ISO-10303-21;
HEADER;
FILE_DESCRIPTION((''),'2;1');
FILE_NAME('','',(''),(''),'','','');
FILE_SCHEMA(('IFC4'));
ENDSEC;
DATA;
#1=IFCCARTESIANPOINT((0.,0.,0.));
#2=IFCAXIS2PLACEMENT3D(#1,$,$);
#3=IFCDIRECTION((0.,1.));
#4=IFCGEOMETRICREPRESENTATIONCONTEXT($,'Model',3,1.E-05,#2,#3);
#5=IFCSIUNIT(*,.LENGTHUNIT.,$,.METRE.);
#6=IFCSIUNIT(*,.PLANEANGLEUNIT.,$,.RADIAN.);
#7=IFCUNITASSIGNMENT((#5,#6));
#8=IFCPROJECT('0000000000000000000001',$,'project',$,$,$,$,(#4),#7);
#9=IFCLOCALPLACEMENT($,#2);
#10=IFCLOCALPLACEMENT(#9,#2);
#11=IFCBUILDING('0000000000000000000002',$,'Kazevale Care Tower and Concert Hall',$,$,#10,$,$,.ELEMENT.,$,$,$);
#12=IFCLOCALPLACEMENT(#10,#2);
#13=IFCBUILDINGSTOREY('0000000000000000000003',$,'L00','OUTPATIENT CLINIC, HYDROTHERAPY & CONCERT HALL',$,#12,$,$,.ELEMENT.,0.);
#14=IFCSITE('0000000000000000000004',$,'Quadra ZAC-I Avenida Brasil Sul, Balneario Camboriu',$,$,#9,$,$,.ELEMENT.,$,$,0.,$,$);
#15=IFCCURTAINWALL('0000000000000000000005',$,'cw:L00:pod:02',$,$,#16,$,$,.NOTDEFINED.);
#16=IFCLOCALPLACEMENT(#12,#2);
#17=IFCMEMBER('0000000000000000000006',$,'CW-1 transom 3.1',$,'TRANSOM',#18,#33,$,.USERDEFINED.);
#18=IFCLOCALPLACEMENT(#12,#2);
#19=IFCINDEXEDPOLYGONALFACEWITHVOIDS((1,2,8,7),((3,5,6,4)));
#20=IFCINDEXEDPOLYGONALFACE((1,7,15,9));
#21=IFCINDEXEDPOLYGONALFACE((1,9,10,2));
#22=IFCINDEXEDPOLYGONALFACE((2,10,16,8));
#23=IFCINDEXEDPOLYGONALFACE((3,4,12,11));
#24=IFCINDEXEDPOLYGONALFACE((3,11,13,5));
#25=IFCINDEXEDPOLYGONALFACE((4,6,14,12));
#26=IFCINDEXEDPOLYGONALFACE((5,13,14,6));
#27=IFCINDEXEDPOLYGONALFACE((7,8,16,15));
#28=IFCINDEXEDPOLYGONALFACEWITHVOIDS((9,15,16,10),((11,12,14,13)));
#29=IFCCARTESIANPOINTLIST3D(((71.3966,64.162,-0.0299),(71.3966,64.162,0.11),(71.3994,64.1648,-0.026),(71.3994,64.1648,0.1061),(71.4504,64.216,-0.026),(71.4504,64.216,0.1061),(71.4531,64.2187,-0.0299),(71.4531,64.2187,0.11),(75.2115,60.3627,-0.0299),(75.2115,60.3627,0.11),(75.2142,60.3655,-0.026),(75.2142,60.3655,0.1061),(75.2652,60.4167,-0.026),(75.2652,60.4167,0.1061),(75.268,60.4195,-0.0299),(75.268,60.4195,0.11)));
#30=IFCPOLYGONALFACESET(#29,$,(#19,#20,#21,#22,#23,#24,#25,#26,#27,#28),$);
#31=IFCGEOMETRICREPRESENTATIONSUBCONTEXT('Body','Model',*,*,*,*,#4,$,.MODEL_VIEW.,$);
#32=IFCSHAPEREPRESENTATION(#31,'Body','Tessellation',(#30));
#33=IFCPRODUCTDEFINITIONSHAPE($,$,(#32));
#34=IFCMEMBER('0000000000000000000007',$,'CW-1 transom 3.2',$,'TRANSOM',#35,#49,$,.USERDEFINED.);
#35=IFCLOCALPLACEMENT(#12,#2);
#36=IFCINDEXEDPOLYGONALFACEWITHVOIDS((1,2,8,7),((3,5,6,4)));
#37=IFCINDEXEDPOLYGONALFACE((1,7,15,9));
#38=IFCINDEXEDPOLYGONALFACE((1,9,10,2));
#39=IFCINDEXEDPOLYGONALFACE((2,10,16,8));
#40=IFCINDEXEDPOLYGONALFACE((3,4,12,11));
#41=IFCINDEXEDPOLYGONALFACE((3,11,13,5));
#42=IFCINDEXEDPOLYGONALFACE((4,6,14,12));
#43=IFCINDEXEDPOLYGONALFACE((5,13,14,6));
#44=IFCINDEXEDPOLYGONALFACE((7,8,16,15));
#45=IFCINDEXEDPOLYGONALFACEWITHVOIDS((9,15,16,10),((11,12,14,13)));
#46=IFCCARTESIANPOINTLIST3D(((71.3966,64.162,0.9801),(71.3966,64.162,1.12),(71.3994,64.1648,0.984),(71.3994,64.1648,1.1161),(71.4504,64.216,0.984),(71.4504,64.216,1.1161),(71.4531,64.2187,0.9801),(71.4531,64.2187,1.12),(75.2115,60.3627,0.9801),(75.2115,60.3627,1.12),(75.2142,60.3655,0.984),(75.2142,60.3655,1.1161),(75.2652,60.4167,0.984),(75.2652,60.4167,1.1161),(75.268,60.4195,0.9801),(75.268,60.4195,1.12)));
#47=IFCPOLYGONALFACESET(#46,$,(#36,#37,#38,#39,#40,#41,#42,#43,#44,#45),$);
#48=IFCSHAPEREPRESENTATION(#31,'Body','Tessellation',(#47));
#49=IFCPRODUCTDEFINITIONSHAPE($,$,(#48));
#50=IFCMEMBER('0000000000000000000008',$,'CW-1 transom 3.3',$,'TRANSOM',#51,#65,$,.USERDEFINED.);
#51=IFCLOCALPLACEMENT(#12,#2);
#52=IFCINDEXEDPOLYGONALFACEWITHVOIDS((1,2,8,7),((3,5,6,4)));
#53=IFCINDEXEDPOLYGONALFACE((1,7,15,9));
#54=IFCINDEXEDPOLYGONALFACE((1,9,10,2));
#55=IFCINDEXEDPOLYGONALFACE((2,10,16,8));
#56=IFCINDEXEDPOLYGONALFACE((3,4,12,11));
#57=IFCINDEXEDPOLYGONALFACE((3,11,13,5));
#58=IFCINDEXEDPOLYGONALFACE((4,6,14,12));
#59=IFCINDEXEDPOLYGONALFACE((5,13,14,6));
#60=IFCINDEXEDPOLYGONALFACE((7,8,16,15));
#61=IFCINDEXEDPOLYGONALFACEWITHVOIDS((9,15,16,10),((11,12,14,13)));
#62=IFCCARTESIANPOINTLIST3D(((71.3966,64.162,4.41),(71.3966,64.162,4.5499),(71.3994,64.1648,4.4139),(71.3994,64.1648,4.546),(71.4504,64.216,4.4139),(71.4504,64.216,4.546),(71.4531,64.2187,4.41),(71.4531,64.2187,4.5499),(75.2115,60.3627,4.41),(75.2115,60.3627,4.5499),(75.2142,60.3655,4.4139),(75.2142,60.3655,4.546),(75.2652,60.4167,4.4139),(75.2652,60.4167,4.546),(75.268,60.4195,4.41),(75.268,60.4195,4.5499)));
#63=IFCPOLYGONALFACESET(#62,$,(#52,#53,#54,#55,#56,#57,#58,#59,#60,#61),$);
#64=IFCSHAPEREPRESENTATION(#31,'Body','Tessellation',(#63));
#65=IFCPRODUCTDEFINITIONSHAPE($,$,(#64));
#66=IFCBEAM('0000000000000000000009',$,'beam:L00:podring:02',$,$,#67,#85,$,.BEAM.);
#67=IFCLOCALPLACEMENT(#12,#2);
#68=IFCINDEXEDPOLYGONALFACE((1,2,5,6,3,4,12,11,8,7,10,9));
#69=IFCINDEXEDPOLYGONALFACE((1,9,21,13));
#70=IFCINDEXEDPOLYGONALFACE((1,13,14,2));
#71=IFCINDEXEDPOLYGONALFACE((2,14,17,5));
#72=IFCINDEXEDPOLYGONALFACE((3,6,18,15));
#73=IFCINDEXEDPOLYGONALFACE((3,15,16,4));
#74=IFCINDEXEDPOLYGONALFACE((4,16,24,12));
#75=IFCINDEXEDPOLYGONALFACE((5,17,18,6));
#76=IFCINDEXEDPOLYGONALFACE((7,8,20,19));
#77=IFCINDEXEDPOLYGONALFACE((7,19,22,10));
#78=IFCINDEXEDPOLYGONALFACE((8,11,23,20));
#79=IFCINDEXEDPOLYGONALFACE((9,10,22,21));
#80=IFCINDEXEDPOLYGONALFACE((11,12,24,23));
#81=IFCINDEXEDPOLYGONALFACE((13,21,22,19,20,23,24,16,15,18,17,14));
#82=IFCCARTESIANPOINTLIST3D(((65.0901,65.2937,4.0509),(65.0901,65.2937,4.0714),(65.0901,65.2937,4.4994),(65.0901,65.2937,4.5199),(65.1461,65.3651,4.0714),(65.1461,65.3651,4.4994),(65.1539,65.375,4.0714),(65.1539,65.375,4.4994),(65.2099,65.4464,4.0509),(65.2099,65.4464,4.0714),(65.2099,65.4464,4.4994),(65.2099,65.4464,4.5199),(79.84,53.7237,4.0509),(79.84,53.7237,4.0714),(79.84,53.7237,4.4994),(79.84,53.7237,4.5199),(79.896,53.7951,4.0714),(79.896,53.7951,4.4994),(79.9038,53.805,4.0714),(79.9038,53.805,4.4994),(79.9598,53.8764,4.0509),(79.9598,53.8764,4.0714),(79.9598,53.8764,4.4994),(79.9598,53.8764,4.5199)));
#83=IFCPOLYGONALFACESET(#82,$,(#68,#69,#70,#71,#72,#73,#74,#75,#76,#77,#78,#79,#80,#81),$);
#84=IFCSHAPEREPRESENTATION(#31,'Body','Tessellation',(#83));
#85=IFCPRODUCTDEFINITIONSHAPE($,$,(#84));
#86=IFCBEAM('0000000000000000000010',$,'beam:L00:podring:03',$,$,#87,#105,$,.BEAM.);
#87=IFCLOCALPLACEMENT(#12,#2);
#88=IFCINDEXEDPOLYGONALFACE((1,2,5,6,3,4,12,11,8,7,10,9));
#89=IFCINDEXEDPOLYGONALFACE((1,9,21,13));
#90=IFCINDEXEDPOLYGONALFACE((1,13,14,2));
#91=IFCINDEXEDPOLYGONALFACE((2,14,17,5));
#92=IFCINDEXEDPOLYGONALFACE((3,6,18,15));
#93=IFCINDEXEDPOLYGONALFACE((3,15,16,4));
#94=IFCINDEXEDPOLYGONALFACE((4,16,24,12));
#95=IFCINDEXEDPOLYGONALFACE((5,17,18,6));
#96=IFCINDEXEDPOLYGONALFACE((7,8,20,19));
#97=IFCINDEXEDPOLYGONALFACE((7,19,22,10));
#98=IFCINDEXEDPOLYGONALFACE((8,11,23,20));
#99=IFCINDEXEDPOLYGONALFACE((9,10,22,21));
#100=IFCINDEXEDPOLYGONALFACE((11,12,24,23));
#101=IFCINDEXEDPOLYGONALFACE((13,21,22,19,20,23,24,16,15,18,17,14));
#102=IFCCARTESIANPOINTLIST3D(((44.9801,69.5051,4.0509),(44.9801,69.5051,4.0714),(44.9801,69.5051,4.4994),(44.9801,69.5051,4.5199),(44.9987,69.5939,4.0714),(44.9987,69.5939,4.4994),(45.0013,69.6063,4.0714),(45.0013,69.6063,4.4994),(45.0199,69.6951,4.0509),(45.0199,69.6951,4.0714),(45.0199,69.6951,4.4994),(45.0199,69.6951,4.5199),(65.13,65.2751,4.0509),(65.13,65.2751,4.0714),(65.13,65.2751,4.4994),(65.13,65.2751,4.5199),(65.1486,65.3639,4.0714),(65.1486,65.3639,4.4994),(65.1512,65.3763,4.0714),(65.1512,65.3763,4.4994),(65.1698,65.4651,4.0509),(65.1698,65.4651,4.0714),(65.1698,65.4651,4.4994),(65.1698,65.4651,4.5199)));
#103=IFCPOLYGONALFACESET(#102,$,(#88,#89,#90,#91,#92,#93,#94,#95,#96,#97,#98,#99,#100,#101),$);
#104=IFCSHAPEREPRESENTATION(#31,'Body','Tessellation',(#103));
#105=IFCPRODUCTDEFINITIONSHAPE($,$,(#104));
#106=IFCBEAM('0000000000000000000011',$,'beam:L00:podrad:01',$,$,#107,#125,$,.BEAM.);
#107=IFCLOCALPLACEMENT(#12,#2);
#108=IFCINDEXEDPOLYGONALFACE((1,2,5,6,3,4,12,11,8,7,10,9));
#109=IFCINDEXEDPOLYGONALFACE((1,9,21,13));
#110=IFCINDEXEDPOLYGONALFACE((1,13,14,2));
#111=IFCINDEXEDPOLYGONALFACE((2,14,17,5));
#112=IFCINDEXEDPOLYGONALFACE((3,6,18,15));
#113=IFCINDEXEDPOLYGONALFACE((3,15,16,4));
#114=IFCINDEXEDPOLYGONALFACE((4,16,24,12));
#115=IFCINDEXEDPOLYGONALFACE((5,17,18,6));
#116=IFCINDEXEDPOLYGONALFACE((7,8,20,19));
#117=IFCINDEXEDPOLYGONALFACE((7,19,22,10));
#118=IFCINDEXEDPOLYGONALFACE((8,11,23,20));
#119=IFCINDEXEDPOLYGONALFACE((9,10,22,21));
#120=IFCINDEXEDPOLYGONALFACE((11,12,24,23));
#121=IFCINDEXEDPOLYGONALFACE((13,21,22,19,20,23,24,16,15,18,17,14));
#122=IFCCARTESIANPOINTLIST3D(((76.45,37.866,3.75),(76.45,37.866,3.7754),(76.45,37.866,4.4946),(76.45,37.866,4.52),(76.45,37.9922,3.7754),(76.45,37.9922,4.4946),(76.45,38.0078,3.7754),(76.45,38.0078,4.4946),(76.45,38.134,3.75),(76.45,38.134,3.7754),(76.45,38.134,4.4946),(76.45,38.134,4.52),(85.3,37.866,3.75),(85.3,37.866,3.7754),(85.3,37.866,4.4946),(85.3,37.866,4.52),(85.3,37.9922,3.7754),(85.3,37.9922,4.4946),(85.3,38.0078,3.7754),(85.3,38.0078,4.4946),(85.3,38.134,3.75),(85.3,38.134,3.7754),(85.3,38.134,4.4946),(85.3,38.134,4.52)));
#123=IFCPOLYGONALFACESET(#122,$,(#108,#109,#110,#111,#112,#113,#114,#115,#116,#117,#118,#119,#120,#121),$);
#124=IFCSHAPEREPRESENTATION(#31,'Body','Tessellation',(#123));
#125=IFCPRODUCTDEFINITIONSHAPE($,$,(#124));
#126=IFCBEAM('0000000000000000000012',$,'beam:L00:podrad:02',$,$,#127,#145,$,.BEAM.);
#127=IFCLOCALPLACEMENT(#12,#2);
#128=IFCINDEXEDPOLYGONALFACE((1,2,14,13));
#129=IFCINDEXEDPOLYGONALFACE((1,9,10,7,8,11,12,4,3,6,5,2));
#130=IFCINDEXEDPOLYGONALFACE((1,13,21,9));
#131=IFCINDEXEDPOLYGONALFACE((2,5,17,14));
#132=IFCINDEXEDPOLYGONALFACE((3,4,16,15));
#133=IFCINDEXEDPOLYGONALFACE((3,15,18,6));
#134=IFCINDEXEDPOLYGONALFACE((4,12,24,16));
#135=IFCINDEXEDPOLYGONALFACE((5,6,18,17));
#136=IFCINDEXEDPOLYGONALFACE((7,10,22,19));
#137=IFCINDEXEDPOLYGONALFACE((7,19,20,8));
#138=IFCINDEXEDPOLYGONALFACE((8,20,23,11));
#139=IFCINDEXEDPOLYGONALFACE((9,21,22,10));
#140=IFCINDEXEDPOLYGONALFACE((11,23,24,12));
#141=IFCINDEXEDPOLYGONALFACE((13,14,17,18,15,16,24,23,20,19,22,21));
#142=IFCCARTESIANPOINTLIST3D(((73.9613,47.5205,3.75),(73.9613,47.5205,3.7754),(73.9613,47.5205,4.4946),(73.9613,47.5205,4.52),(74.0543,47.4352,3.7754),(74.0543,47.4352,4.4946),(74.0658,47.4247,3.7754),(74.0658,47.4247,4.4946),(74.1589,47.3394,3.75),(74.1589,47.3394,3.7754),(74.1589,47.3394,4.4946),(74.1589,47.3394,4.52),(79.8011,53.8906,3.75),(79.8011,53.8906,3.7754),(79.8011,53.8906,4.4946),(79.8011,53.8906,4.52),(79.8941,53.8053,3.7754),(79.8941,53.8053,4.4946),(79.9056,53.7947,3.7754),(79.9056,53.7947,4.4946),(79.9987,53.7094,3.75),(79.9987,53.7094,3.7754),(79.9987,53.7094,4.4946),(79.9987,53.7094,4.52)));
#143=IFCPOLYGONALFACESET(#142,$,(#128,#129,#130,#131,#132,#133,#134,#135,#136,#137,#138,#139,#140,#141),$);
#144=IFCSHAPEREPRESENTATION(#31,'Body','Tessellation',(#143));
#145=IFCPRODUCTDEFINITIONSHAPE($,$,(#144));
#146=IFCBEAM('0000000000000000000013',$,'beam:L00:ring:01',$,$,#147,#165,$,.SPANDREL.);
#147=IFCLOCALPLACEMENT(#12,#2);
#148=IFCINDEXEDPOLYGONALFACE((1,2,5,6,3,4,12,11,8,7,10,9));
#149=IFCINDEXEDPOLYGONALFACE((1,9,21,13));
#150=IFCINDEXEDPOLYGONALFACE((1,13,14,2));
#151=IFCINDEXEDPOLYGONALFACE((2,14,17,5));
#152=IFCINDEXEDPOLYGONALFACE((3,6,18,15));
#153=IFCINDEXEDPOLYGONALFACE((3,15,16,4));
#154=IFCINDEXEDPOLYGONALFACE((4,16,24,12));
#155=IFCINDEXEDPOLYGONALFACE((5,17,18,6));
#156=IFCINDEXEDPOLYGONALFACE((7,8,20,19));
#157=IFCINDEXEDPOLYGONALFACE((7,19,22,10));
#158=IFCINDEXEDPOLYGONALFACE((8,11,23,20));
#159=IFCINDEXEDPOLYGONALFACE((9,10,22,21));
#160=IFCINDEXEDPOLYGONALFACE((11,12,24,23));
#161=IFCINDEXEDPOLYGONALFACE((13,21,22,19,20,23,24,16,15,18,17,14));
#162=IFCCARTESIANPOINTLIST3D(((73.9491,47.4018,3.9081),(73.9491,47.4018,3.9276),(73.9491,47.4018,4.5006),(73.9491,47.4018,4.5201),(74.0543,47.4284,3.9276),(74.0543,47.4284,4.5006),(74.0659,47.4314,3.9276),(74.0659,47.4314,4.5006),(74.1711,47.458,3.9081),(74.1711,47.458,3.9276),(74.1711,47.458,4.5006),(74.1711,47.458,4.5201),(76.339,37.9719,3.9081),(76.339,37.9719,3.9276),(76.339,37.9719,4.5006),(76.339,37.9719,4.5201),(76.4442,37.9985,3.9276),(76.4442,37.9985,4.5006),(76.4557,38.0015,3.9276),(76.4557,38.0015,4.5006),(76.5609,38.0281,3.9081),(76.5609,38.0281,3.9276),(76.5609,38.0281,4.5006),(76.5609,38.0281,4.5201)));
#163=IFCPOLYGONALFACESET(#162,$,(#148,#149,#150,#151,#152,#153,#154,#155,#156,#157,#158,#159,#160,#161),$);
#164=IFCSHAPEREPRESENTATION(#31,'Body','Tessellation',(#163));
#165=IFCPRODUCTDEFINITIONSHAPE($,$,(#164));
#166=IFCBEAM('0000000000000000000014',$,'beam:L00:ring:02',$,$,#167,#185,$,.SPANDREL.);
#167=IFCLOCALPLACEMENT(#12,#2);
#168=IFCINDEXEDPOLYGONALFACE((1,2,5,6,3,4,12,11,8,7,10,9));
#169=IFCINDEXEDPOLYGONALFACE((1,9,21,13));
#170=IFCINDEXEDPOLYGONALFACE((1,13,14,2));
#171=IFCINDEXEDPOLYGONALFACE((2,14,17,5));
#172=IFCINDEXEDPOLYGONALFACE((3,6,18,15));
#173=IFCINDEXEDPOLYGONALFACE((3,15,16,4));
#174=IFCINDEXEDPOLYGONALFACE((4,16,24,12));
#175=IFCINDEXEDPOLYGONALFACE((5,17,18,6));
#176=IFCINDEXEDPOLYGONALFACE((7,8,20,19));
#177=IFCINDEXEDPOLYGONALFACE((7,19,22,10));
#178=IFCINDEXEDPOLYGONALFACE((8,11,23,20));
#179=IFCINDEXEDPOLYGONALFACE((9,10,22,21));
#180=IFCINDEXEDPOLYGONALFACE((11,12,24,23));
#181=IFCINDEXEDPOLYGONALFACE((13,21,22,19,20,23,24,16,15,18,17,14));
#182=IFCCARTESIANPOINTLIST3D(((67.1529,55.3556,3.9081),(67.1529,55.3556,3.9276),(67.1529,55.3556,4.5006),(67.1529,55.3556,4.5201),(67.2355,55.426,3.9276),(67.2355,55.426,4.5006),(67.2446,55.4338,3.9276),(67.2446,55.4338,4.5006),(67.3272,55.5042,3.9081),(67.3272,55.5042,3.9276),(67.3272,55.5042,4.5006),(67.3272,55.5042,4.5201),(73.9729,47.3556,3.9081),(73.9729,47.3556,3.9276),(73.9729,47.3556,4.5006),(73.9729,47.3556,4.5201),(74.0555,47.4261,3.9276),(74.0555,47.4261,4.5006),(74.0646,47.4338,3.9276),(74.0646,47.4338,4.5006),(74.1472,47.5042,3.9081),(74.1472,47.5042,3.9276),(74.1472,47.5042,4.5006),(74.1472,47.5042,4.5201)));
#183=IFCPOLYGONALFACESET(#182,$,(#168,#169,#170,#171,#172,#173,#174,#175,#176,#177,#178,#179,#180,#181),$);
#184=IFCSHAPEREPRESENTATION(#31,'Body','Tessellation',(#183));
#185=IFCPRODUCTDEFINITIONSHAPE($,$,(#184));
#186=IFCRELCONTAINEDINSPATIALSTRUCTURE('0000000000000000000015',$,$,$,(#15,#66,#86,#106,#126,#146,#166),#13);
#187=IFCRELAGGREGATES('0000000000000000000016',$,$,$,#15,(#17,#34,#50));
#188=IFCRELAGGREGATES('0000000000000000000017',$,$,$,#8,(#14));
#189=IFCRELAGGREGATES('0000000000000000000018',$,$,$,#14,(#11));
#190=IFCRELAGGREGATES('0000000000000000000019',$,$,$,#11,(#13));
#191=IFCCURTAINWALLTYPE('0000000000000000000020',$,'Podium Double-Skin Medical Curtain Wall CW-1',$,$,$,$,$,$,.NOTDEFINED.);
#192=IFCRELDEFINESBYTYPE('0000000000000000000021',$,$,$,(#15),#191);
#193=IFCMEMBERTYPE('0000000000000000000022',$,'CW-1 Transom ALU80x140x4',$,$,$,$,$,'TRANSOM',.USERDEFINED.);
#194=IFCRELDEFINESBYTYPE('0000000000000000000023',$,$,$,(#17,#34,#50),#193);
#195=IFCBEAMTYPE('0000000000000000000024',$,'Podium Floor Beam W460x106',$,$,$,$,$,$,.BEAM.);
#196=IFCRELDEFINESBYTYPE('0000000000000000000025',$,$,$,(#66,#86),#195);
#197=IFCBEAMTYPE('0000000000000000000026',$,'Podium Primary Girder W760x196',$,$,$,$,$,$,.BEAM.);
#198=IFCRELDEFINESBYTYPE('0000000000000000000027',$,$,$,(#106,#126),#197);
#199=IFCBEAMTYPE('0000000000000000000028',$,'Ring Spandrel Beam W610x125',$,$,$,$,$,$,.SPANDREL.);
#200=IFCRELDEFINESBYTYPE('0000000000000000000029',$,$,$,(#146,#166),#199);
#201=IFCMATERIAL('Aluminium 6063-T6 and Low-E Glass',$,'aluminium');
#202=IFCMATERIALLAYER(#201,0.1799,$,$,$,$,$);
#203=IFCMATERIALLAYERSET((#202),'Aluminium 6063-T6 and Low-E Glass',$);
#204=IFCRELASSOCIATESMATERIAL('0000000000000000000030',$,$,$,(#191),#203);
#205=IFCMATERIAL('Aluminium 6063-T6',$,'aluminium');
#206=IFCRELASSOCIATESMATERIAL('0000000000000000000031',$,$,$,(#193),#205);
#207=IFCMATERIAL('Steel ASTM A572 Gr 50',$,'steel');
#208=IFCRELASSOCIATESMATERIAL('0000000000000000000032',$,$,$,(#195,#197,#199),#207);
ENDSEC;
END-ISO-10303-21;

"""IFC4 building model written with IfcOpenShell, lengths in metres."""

from ifc_helpers import new_model, si_unit, direction, frame, origin, origin_2d, place, context, subcontext, project, spatial, hollow_rectangle, i_section, extrude, material, layer, layer_set, material_profile, profile_set, type_object, element, aggregate, save


model = new_model("IFC4")

# Units and contexts
model_context = context("Model", 3, precision=1e-05, world=origin(), true_north=direction((0.0, 1.0)))
body_context = subcontext(model_context, "Body", "Model", "MODEL_VIEW")
ifc_project = project(units=[si_unit("LENGTHUNIT", "METRE"), si_unit("PLANEANGLEUNIT", "RADIAN")], contexts=[model_context])

# Site, building, storey
site_placement = place(None, origin())
site = spatial("IfcSite", under=ifc_project, at=site_placement, Name="Quadra ZAC-I Avenida Brasil Sul, Balneario Camboriu", CompositionType="ELEMENT", RefElevation=0.0)
building_placement = place(site_placement, origin())
building = spatial("IfcBuilding", under=site, at=building_placement, Name="Kazevale Care Tower and Concert Hall", CompositionType="ELEMENT")
storey_placement = place(building_placement, origin())
storey = spatial("IfcBuildingStorey", under=building, at=storey_placement, Name="L00", Description="OUTPATIENT CLINIC, HYDROTHERAPY & CONCERT HALL", CompositionType="ELEMENT", Elevation=0.0)

# Curtain wall, members
ifc_material_1 = material(Name="Aluminium 6063-T6 and Low-E Glass", Category="aluminium")
ifc_layer_1 = layer(ifc_material_1, 0.1799)
ifc_layer_set_1 = layer_set([ifc_layer_1], Name="Aluminium 6063-T6 and Low-E Glass")
curtain_wall_type = type_object("IfcCurtainWallType", Name="Podium Double-Skin Medical Curtain Wall CW-1", PredefinedType="NOTDEFINED", material=ifc_layer_set_1)
curtain_wall_placement = place(storey_placement, origin())
curtain_wall = element("IfcCurtainWall", 1, at=curtain_wall_placement, inside=storey, type_object=curtain_wall_type, Name="cw:L00:pod:02", PredefinedType="NOTDEFINED")
ifc_material_2 = material(Name="Aluminium 6063-T6", Category="aluminium")
ifc_material_profile_1 = material_profile(ifc_material_2, hollow_rectangle(XDim=0.0801, YDim=0.1399, WallThickness=0.0039, at=origin_2d()), Name="ALU80x140x4")
ifc_profile_set_1 = profile_set([ifc_material_profile_1], Name="Aluminium 6063-T6")
member_type_1 = type_object("IfcMemberType", Name="CW-1 Transom ALU80x140x4", ElementType="TRANSOM", PredefinedType="USERDEFINED", material=ifc_profile_set_1)
member_1_placement = place(storey_placement, frame((75.2397, 60.3911, 0.04), z_axis=(-0.708556, 0.705654, 0.0), x_axis=(-0.705654, -0.708556, 0.0)))
member_1 = element("IfcMember", 2, at=member_1_placement, type_object=member_type_1, Name="CW-1 transom 3.1", ObjectType="TRANSOM", PredefinedType="USERDEFINED", context=body_context, shape_type="SweptSolid", body=[
    extrude(hollow_rectangle(XDim=0.0801, YDim=0.1399, WallThickness=0.0039, at=origin_2d()), origin(), (0.0, 0.0, 1.0), 5.384),
])
member_2_placement = place(storey_placement, frame((75.2397, 60.3911, 1.05), z_axis=(-0.708556, 0.705654, 0.0), x_axis=(-0.705654, -0.708556, 0.0)))
member_2 = element("IfcMember", 3, at=member_2_placement, type_object=member_type_1, Name="CW-1 transom 3.2", ObjectType="TRANSOM", PredefinedType="USERDEFINED", context=body_context, shape_type="SweptSolid", body=[
    extrude(hollow_rectangle(XDim=0.0801, YDim=0.1399, WallThickness=0.0039, at=origin_2d()), origin(), (0.0, 0.0, 1.0), 5.384),
])
member_3_placement = place(storey_placement, frame((75.2397, 60.3911, 4.48), z_axis=(-0.708556, 0.705654, 0.0), x_axis=(-0.705654, -0.708556, 0.0)))
member_3 = element("IfcMember", 4, at=member_3_placement, type_object=member_type_1, Name="CW-1 transom 3.3", ObjectType="TRANSOM", PredefinedType="USERDEFINED", context=body_context, shape_type="SweptSolid", body=[
    extrude(hollow_rectangle(XDim=0.0801, YDim=0.1399, WallThickness=0.0039, at=origin_2d()), origin(), (0.0, 0.0, 1.0), 5.384),
])

# Beams
ifc_material_3 = material(Name="Steel ASTM A572 Gr 50", Category="steel")
ifc_material_profile_2 = material_profile(ifc_material_3, i_section(OverallWidth=0.1941, OverallDepth=0.469, WebThickness=0.0127, FlangeThickness=0.0205, at=origin_2d()), Name="W460x106")
ifc_profile_set_2 = profile_set([ifc_material_profile_2], Name="Steel ASTM A572 Gr 50")
beam_type_1 = type_object("IfcBeamType", Name="Podium Floor Beam W460x106", PredefinedType="BEAM", material=ifc_profile_set_2)
beam_1_placement = place(storey_placement, frame((79.8999, 53.8, 4.2854), z_axis=(-0.786816, 0.617188, 0.0), x_axis=(-0.617188, -0.786816, 0.0)))
element("IfcBeam", 5, at=beam_1_placement, inside=storey, type_object=beam_type_1, Name="beam:L00:podring:02", PredefinedType="BEAM", context=body_context, shape_type="SweptSolid", body=[
    extrude(i_section(OverallWidth=0.1941, OverallDepth=0.469, WebThickness=0.0127, FlangeThickness=0.0205, at=origin_2d()), origin(), (0.0, 0.0, 1.0), 18.7463),
])
beam_2_placement = place(storey_placement, frame((65.1499, 65.3701, 4.2854), z_axis=(-0.978668, 0.205448, 0.0), x_axis=(-0.205448, -0.978668, 0.0)))
element("IfcBeam", 6, at=beam_2_placement, inside=storey, type_object=beam_type_1, Name="beam:L00:podring:03", PredefinedType="BEAM", context=body_context, shape_type="SweptSolid", body=[
    extrude(i_section(OverallWidth=0.1941, OverallDepth=0.469, WebThickness=0.0127, FlangeThickness=0.0205, at=origin_2d()), origin(), (0.0, 0.0, 1.0), 20.5891),
])
ifc_material_profile_3 = material_profile(ifc_material_3, i_section(OverallWidth=0.2681, OverallDepth=0.77, WebThickness=0.0156, FlangeThickness=0.0254, at=origin_2d()), Name="W760x196")
ifc_profile_set_3 = profile_set([ifc_material_profile_3], Name="Steel ASTM A572 Gr 50")
beam_type_2 = type_object("IfcBeamType", Name="Podium Primary Girder W760x196", PredefinedType="BEAM", material=ifc_profile_set_3)
beam_3_placement = place(storey_placement, frame((76.45, 38.0, 4.135), z_axis=(1.0, 0.0, 0.0), x_axis=(0.0, 1.0, 0.0)))
element("IfcBeam", 7, at=beam_3_placement, inside=storey, type_object=beam_type_2, Name="beam:L00:podrad:01", PredefinedType="BEAM", context=body_context, shape_type="SweptSolid", body=[
    extrude(i_section(OverallWidth=0.2681, OverallDepth=0.77, WebThickness=0.0156, FlangeThickness=0.0254, at=origin_2d()), origin(), (0.0, 0.0, 1.0), 8.8501),
])
beam_4_placement = place(storey_placement, frame((74.0601, 47.4299, 4.135), z_axis=(0.67576, 0.737121, 0.0), x_axis=(-0.737121, 0.67576, 0.0)))
element("IfcBeam", 8, at=beam_4_placement, inside=storey, type_object=beam_type_2, Name="beam:L00:podrad:02", PredefinedType="BEAM", context=body_context, shape_type="SweptSolid", body=[
    extrude(i_section(OverallWidth=0.2681, OverallDepth=0.77, WebThickness=0.0156, FlangeThickness=0.0254, at=origin_2d()), origin(), (0.0, 0.0, 1.0), 8.6418),
])
ifc_material_profile_4 = material_profile(ifc_material_3, i_section(OverallWidth=0.229, OverallDepth=0.6121, WebThickness=0.012, FlangeThickness=0.0195, at=origin_2d()), Name="W610x125")
ifc_profile_set_4 = profile_set([ifc_material_profile_4], Name="Steel ASTM A572 Gr 50")
beam_type_3 = type_object("IfcBeamType", Name="Ring Spandrel Beam W610x125", PredefinedType="SPANDREL", material=ifc_profile_set_4)
beam_5_placement = place(storey_placement, frame((76.45, 38.0, 4.2141), z_axis=(-0.24567, 0.969354, 0.0), x_axis=(-0.969354, -0.24567, 0.0)))
element("IfcBeam", 9, at=beam_5_placement, inside=storey, type_object=beam_type_3, Name="beam:L00:ring:01", PredefinedType="SPANDREL", context=body_context, shape_type="SweptSolid", body=[
    extrude(i_section(OverallWidth=0.229, OverallDepth=0.6121, WebThickness=0.012, FlangeThickness=0.0195, at=origin_2d()), origin(), (0.0, 0.0, 1.0), 9.728),
])
beam_6_placement = place(storey_placement, frame((74.0601, 47.4299, 4.2141), z_axis=(-0.648756, 0.760996, 0.0), x_axis=(-0.760996, -0.648756, 0.0)))
element("IfcBeam", 10, at=beam_6_placement, inside=storey, type_object=beam_type_3, Name="beam:L00:ring:02", PredefinedType="SPANDREL", context=body_context, shape_type="SweptSolid", body=[
    extrude(i_section(OverallWidth=0.229, OverallDepth=0.6121, WebThickness=0.012, FlangeThickness=0.0195, at=origin_2d()), origin(), (0.0, 0.0, 1.0), 10.5125),
])

aggregate(curtain_wall, [member_1, member_2, member_3])

save(model, "model.ifc")
